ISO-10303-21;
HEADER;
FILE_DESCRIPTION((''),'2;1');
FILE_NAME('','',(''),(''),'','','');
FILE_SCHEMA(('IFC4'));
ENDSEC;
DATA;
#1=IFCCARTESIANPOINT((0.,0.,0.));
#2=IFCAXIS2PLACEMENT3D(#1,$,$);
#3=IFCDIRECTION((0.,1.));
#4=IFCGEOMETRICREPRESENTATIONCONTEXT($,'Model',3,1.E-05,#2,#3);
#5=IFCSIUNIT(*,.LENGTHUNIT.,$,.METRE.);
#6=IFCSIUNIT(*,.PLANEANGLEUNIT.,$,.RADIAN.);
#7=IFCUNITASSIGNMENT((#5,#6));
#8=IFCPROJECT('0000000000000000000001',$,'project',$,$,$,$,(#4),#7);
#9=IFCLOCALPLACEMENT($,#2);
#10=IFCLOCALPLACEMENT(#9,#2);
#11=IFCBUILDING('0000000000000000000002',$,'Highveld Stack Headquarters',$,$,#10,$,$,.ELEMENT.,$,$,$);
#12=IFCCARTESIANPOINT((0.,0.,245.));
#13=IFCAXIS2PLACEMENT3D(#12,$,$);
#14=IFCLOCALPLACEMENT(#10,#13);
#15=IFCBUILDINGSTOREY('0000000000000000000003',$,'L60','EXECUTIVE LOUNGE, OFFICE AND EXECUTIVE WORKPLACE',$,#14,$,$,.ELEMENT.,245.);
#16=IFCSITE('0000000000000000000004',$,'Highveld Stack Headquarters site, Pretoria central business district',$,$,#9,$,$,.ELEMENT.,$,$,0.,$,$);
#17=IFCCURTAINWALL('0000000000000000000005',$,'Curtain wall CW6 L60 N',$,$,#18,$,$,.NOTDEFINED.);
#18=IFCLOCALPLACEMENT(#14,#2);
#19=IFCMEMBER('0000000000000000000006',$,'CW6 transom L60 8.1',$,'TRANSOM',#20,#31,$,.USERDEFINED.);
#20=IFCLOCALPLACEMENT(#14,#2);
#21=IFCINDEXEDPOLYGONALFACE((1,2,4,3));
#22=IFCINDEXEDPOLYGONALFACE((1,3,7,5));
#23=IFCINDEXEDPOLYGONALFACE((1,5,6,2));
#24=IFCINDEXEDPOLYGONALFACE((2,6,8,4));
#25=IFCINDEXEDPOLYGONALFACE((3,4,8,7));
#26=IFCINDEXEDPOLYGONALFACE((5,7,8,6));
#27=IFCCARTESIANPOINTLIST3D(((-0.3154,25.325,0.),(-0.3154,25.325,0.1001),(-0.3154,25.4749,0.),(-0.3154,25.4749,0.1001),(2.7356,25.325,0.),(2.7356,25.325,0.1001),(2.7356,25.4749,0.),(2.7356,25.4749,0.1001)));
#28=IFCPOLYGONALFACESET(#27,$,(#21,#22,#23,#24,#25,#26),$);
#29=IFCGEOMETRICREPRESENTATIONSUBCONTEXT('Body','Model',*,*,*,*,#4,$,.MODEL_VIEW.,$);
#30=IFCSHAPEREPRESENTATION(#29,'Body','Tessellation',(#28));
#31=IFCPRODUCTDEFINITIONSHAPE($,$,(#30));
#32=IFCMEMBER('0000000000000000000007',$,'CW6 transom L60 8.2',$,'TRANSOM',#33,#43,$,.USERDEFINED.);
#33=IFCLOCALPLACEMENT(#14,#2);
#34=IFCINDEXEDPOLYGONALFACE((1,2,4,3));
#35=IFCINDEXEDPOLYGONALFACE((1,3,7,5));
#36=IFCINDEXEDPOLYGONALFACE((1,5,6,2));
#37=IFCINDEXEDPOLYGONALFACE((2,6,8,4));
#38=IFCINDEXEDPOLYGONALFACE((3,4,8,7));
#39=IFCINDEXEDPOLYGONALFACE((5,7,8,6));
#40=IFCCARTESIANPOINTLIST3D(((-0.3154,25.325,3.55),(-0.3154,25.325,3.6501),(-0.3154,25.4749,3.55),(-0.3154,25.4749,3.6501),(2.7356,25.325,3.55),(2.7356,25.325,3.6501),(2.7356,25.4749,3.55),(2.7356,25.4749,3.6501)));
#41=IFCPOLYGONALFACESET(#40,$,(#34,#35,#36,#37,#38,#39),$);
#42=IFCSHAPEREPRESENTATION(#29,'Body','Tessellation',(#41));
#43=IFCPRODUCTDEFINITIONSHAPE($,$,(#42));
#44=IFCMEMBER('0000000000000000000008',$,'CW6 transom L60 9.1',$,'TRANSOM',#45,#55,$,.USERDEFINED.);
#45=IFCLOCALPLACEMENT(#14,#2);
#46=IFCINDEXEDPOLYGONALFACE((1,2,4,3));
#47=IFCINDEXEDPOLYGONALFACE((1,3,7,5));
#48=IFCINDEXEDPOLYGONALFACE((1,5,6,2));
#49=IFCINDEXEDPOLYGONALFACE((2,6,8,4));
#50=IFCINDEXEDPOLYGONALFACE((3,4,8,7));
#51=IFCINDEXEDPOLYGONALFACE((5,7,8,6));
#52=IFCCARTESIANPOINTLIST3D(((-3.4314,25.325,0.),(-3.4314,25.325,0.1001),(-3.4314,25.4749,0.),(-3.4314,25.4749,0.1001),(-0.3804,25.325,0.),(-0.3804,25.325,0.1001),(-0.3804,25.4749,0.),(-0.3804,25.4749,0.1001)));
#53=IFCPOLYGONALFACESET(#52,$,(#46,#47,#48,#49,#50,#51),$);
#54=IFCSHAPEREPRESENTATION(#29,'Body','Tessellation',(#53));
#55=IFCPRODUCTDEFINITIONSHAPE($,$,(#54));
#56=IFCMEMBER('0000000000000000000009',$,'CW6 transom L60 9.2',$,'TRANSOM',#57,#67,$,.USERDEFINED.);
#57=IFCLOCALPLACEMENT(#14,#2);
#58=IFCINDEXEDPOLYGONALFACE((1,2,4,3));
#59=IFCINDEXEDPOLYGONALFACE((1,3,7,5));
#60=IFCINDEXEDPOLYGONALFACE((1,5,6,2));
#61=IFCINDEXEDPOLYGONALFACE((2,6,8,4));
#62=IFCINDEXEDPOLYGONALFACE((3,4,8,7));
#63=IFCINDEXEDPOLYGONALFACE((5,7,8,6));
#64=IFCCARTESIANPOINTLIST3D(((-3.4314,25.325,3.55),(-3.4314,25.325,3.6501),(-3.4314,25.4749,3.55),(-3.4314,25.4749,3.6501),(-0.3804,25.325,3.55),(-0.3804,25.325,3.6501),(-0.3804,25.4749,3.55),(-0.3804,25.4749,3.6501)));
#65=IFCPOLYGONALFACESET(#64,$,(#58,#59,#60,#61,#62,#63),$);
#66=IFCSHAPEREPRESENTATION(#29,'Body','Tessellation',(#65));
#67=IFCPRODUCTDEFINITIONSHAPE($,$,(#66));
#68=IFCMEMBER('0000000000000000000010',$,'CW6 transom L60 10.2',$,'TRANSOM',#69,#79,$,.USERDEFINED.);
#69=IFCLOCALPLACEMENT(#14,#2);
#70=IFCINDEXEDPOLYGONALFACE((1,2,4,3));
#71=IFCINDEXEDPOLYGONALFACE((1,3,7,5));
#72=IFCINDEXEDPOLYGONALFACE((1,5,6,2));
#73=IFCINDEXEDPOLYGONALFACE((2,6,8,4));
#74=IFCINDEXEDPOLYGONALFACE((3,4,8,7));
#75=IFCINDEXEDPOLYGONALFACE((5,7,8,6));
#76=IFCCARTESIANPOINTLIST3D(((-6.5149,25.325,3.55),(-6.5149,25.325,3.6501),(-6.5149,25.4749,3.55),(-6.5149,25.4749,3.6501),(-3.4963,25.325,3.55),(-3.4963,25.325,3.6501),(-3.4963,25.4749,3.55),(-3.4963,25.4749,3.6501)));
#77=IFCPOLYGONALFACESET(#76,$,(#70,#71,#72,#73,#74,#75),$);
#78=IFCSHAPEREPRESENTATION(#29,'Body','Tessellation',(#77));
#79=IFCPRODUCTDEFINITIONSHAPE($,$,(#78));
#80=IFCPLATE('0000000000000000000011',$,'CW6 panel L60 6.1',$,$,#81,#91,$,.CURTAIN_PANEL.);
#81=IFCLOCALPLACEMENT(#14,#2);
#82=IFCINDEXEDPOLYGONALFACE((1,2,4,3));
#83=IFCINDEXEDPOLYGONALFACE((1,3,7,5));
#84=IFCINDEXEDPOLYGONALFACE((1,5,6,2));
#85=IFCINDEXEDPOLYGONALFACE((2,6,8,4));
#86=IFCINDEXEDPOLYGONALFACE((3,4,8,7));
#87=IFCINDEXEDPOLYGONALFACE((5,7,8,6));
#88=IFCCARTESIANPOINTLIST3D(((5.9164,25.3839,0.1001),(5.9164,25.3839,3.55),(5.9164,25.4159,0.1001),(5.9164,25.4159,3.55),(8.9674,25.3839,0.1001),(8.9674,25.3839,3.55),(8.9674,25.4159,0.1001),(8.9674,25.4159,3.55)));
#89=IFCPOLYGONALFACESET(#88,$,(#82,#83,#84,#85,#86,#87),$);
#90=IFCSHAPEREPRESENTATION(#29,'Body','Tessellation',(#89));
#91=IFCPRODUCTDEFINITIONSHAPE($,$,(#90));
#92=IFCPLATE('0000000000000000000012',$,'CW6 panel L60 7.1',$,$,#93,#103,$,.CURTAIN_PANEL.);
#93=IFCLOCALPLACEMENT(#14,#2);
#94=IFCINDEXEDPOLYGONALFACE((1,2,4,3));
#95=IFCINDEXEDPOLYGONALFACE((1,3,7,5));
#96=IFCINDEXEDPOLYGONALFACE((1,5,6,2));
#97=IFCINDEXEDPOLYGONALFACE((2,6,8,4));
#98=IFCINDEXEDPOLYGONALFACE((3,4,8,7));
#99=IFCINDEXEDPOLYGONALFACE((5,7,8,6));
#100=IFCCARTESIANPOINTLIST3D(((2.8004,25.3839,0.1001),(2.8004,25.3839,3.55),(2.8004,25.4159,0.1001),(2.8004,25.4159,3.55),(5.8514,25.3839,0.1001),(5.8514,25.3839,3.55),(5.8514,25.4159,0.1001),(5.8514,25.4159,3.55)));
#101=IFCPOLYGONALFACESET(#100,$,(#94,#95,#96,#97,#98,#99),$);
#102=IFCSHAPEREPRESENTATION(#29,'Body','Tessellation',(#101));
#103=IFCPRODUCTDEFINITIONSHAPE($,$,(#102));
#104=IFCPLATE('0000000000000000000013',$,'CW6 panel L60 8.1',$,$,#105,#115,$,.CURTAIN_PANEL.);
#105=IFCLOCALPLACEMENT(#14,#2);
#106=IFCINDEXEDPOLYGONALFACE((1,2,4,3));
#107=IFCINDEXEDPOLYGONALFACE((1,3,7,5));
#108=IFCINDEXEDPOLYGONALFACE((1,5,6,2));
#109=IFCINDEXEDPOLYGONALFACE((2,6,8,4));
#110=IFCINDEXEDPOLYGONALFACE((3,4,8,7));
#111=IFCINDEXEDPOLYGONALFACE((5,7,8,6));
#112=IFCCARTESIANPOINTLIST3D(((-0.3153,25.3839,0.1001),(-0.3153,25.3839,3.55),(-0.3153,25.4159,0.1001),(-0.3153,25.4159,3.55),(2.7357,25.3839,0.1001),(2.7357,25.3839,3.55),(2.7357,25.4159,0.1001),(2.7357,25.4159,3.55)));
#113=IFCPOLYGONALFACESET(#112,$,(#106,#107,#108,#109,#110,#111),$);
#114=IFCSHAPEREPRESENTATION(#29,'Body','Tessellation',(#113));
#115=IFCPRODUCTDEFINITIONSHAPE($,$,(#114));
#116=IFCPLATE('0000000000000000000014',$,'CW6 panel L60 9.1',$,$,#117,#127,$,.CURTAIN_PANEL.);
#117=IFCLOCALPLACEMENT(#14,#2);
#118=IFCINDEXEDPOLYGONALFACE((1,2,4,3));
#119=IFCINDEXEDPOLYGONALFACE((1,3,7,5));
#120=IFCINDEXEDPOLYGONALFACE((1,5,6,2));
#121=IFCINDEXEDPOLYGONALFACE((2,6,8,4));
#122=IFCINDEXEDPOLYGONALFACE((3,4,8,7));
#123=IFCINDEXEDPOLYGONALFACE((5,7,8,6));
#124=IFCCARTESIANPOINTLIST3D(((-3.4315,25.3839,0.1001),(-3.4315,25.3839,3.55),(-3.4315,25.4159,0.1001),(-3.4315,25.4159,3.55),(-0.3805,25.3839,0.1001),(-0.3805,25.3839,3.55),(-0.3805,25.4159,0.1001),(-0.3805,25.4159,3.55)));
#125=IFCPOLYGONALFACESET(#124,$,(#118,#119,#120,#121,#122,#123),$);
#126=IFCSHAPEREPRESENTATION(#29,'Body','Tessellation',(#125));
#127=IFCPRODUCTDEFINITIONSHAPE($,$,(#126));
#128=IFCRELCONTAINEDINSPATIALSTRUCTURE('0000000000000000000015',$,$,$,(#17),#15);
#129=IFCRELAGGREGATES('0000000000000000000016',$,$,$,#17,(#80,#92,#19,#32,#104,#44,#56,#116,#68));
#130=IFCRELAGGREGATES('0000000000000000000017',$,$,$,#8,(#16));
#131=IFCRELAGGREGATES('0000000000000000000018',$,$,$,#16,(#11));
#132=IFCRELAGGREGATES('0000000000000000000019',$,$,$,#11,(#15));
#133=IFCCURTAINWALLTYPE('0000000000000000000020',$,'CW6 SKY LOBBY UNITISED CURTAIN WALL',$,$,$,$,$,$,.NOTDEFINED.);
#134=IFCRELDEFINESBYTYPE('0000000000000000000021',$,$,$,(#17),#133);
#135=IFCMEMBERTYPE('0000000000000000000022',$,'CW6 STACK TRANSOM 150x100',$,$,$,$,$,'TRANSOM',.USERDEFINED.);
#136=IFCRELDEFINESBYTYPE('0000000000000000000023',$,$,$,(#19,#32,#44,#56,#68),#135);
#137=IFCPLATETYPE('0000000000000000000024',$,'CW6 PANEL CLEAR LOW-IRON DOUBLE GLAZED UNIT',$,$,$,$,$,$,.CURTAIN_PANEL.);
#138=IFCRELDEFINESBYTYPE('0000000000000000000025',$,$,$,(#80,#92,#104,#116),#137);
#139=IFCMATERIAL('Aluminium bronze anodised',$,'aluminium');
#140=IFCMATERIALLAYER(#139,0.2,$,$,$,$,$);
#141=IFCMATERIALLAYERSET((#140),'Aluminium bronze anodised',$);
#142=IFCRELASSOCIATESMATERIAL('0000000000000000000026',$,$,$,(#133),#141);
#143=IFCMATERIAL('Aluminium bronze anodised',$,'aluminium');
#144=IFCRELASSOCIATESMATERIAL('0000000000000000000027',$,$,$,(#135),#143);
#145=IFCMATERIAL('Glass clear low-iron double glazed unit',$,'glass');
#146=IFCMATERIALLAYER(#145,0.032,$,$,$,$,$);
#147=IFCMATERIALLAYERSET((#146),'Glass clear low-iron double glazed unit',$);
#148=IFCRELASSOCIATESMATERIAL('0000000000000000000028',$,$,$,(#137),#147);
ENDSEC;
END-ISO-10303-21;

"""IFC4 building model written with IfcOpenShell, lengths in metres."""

from ifc_helpers import new_model, si_unit, direction, frame, origin, origin_2d, place, context, subcontext, project, spatial, rectangle, extrude, material, layer, layer_set, material_profile, profile_set, type_object, element, aggregate, save


model = new_model("IFC4")

# Units and contexts
model_context = context("Model", 3, precision=1e-05, world=origin(), true_north=direction((0.0, 1.0)))
body_context = subcontext(model_context, "Body", "Model", "MODEL_VIEW")
ifc_project = project(units=[si_unit("LENGTHUNIT", "METRE"), si_unit("PLANEANGLEUNIT", "RADIAN")], contexts=[model_context])

# Site, building, storey
site_placement = place(None, origin())
site = spatial("IfcSite", under=ifc_project, at=site_placement, Name="Highveld Stack Headquarters site, Pretoria central business district", CompositionType="ELEMENT", RefElevation=0.0)
building_placement = place(site_placement, origin())
building = spatial("IfcBuilding", under=site, at=building_placement, Name="Highveld Stack Headquarters", CompositionType="ELEMENT")
storey_placement = place(building_placement, frame((0.0, 0.0, 245.0)))
storey = spatial("IfcBuildingStorey", under=building, at=storey_placement, Name="L60", Description="EXECUTIVE LOUNGE, OFFICE AND EXECUTIVE WORKPLACE", CompositionType="ELEMENT", Elevation=245.0)

# Curtain wall, members, plates
ifc_material_1 = material(Name="Aluminium bronze anodised", Category="aluminium")
ifc_layer_1 = layer(ifc_material_1, 0.2)
ifc_layer_set_1 = layer_set([ifc_layer_1], Name="Aluminium bronze anodised")
curtain_wall_type = type_object("IfcCurtainWallType", Name="CW6 SKY LOBBY UNITISED CURTAIN WALL", PredefinedType="NOTDEFINED", material=ifc_layer_set_1)
curtain_wall_placement = place(storey_placement, origin())
curtain_wall = element("IfcCurtainWall", 1, at=curtain_wall_placement, inside=storey, type_object=curtain_wall_type, Name="Curtain wall CW6 L60 N", PredefinedType="NOTDEFINED")
ifc_material_2 = material(Name="Aluminium bronze anodised", Category="aluminium")
ifc_material_profile_1 = material_profile(ifc_material_2, rectangle(XDim=0.1499, YDim=0.1001, at=origin_2d()), Name="CW6 TRANSOM 150x100")
ifc_profile_set_1 = profile_set([ifc_material_profile_1], Name="Aluminium bronze anodised")
member_type_1 = type_object("IfcMemberType", Name="CW6 STACK TRANSOM 150x100", ElementType="TRANSOM", PredefinedType="USERDEFINED", material=ifc_profile_set_1)
member_1_placement = place(storey_placement, frame((2.7356, 25.3999, 0.05), z_axis=(-1.0, 0.0, 0.0), x_axis=(0.0, -1.0, 0.0)))
member_1 = element("IfcMember", 2, at=member_1_placement, type_object=member_type_1, Name="CW6 transom L60 8.1", ObjectType="TRANSOM", PredefinedType="USERDEFINED", context=body_context, shape_type="SweptSolid", body=[
    extrude(rectangle(XDim=0.1499, YDim=0.1001, at=origin_2d()), origin(), (0.0, 0.0, 1.0), 3.051),
])
member_2_placement = place(storey_placement, frame((2.7356, 25.3999, 3.6001), z_axis=(-1.0, 0.0, 0.0), x_axis=(0.0, -1.0, 0.0)))
member_2 = element("IfcMember", 3, at=member_2_placement, type_object=member_type_1, Name="CW6 transom L60 8.2", ObjectType="TRANSOM", PredefinedType="USERDEFINED", context=body_context, shape_type="SweptSolid", body=[
    extrude(rectangle(XDim=0.1499, YDim=0.1001, at=origin_2d()), origin(), (0.0, 0.0, 1.0), 3.051),
])
member_3_placement = place(storey_placement, frame((-0.3804, 25.3999, 0.05), z_axis=(-1.0, 0.0, 0.0), x_axis=(0.0, -1.0, 0.0)))
member_3 = element("IfcMember", 4, at=member_3_placement, type_object=member_type_1, Name="CW6 transom L60 9.1", ObjectType="TRANSOM", PredefinedType="USERDEFINED", context=body_context, shape_type="SweptSolid", body=[
    extrude(rectangle(XDim=0.1499, YDim=0.1001, at=origin_2d()), origin(), (0.0, 0.0, 1.0), 3.051),
])
member_4_placement = place(storey_placement, frame((-0.3804, 25.3999, 3.6001), z_axis=(-1.0, 0.0, 0.0), x_axis=(0.0, -1.0, 0.0)))
member_4 = element("IfcMember", 5, at=member_4_placement, type_object=member_type_1, Name="CW6 transom L60 9.2", ObjectType="TRANSOM", PredefinedType="USERDEFINED", context=body_context, shape_type="SweptSolid", body=[
    extrude(rectangle(XDim=0.1499, YDim=0.1001, at=origin_2d()), origin(), (0.0, 0.0, 1.0), 3.051),
])
member_5_placement = place(storey_placement, frame((-3.4963, 25.3999, 3.6001), z_axis=(-1.0, 0.0, 0.0), x_axis=(0.0, -1.0, 0.0)))
member_5 = element("IfcMember", 6, at=member_5_placement, type_object=member_type_1, Name="CW6 transom L60 10.2", ObjectType="TRANSOM", PredefinedType="USERDEFINED", context=body_context, shape_type="SweptSolid", body=[
    extrude(rectangle(XDim=0.1499, YDim=0.1001, at=origin_2d()), origin(), (0.0, 0.0, 1.0), 3.0186),
])
ifc_material_3 = material(Name="Glass clear low-iron double glazed unit", Category="glass")
ifc_layer_2 = layer(ifc_material_3, 0.032)
ifc_layer_set_2 = layer_set([ifc_layer_2], Name="Glass clear low-iron double glazed unit")
plate_type = type_object("IfcPlateType", Name="CW6 PANEL CLEAR LOW-IRON DOUBLE GLAZED UNIT", PredefinedType="CURTAIN_PANEL", material=ifc_layer_set_2)
plate_1_placement = place(storey_placement, frame((7.4419, 25.3999, 0.1001), z_axis=(0.0, 0.0, 1.0), x_axis=(-1.0, 0.0, 0.0)))
plate_1 = element("IfcPlate", 7, at=plate_1_placement, type_object=plate_type, Name="CW6 panel L60 6.1", PredefinedType="CURTAIN_PANEL", context=body_context, shape_type="SweptSolid", body=[
    extrude(rectangle(XDim=3.051, YDim=0.032, at=origin_2d()), origin(), (0.0, 0.0, 1.0), 3.45),
])
plate_2_placement = place(storey_placement, frame((4.3259, 25.3999, 0.1001), z_axis=(0.0, 0.0, 1.0), x_axis=(-1.0, 0.0, 0.0)))
plate_2 = element("IfcPlate", 8, at=plate_2_placement, type_object=plate_type, Name="CW6 panel L60 7.1", PredefinedType="CURTAIN_PANEL", context=body_context, shape_type="SweptSolid", body=[
    extrude(rectangle(XDim=3.051, YDim=0.032, at=origin_2d()), origin(), (0.0, 0.0, 1.0), 3.45),
])
plate_3_placement = place(storey_placement, frame((1.2102, 25.3999, 0.1001), z_axis=(0.0, 0.0, 1.0), x_axis=(-1.0, 0.0, 0.0)))
plate_3 = element("IfcPlate", 9, at=plate_3_placement, type_object=plate_type, Name="CW6 panel L60 8.1", PredefinedType="CURTAIN_PANEL", context=body_context, shape_type="SweptSolid", body=[
    extrude(rectangle(XDim=3.051, YDim=0.032, at=origin_2d()), origin(), (0.0, 0.0, 1.0), 3.45),
])
plate_4_placement = place(storey_placement, frame((-1.906, 25.3999, 0.1001), z_axis=(0.0, 0.0, 1.0), x_axis=(-1.0, 0.0, 0.0)))
plate_4 = element("IfcPlate", 10, at=plate_4_placement, type_object=plate_type, Name="CW6 panel L60 9.1", PredefinedType="CURTAIN_PANEL", context=body_context, shape_type="SweptSolid", body=[
    extrude(rectangle(XDim=3.051, YDim=0.032, at=origin_2d()), origin(), (0.0, 0.0, 1.0), 3.45),
])
aggregate(curtain_wall, [plate_1, plate_2, member_1, member_2, plate_3, member_3, member_4, plate_4, member_5])

save(model, "model.ifc")
